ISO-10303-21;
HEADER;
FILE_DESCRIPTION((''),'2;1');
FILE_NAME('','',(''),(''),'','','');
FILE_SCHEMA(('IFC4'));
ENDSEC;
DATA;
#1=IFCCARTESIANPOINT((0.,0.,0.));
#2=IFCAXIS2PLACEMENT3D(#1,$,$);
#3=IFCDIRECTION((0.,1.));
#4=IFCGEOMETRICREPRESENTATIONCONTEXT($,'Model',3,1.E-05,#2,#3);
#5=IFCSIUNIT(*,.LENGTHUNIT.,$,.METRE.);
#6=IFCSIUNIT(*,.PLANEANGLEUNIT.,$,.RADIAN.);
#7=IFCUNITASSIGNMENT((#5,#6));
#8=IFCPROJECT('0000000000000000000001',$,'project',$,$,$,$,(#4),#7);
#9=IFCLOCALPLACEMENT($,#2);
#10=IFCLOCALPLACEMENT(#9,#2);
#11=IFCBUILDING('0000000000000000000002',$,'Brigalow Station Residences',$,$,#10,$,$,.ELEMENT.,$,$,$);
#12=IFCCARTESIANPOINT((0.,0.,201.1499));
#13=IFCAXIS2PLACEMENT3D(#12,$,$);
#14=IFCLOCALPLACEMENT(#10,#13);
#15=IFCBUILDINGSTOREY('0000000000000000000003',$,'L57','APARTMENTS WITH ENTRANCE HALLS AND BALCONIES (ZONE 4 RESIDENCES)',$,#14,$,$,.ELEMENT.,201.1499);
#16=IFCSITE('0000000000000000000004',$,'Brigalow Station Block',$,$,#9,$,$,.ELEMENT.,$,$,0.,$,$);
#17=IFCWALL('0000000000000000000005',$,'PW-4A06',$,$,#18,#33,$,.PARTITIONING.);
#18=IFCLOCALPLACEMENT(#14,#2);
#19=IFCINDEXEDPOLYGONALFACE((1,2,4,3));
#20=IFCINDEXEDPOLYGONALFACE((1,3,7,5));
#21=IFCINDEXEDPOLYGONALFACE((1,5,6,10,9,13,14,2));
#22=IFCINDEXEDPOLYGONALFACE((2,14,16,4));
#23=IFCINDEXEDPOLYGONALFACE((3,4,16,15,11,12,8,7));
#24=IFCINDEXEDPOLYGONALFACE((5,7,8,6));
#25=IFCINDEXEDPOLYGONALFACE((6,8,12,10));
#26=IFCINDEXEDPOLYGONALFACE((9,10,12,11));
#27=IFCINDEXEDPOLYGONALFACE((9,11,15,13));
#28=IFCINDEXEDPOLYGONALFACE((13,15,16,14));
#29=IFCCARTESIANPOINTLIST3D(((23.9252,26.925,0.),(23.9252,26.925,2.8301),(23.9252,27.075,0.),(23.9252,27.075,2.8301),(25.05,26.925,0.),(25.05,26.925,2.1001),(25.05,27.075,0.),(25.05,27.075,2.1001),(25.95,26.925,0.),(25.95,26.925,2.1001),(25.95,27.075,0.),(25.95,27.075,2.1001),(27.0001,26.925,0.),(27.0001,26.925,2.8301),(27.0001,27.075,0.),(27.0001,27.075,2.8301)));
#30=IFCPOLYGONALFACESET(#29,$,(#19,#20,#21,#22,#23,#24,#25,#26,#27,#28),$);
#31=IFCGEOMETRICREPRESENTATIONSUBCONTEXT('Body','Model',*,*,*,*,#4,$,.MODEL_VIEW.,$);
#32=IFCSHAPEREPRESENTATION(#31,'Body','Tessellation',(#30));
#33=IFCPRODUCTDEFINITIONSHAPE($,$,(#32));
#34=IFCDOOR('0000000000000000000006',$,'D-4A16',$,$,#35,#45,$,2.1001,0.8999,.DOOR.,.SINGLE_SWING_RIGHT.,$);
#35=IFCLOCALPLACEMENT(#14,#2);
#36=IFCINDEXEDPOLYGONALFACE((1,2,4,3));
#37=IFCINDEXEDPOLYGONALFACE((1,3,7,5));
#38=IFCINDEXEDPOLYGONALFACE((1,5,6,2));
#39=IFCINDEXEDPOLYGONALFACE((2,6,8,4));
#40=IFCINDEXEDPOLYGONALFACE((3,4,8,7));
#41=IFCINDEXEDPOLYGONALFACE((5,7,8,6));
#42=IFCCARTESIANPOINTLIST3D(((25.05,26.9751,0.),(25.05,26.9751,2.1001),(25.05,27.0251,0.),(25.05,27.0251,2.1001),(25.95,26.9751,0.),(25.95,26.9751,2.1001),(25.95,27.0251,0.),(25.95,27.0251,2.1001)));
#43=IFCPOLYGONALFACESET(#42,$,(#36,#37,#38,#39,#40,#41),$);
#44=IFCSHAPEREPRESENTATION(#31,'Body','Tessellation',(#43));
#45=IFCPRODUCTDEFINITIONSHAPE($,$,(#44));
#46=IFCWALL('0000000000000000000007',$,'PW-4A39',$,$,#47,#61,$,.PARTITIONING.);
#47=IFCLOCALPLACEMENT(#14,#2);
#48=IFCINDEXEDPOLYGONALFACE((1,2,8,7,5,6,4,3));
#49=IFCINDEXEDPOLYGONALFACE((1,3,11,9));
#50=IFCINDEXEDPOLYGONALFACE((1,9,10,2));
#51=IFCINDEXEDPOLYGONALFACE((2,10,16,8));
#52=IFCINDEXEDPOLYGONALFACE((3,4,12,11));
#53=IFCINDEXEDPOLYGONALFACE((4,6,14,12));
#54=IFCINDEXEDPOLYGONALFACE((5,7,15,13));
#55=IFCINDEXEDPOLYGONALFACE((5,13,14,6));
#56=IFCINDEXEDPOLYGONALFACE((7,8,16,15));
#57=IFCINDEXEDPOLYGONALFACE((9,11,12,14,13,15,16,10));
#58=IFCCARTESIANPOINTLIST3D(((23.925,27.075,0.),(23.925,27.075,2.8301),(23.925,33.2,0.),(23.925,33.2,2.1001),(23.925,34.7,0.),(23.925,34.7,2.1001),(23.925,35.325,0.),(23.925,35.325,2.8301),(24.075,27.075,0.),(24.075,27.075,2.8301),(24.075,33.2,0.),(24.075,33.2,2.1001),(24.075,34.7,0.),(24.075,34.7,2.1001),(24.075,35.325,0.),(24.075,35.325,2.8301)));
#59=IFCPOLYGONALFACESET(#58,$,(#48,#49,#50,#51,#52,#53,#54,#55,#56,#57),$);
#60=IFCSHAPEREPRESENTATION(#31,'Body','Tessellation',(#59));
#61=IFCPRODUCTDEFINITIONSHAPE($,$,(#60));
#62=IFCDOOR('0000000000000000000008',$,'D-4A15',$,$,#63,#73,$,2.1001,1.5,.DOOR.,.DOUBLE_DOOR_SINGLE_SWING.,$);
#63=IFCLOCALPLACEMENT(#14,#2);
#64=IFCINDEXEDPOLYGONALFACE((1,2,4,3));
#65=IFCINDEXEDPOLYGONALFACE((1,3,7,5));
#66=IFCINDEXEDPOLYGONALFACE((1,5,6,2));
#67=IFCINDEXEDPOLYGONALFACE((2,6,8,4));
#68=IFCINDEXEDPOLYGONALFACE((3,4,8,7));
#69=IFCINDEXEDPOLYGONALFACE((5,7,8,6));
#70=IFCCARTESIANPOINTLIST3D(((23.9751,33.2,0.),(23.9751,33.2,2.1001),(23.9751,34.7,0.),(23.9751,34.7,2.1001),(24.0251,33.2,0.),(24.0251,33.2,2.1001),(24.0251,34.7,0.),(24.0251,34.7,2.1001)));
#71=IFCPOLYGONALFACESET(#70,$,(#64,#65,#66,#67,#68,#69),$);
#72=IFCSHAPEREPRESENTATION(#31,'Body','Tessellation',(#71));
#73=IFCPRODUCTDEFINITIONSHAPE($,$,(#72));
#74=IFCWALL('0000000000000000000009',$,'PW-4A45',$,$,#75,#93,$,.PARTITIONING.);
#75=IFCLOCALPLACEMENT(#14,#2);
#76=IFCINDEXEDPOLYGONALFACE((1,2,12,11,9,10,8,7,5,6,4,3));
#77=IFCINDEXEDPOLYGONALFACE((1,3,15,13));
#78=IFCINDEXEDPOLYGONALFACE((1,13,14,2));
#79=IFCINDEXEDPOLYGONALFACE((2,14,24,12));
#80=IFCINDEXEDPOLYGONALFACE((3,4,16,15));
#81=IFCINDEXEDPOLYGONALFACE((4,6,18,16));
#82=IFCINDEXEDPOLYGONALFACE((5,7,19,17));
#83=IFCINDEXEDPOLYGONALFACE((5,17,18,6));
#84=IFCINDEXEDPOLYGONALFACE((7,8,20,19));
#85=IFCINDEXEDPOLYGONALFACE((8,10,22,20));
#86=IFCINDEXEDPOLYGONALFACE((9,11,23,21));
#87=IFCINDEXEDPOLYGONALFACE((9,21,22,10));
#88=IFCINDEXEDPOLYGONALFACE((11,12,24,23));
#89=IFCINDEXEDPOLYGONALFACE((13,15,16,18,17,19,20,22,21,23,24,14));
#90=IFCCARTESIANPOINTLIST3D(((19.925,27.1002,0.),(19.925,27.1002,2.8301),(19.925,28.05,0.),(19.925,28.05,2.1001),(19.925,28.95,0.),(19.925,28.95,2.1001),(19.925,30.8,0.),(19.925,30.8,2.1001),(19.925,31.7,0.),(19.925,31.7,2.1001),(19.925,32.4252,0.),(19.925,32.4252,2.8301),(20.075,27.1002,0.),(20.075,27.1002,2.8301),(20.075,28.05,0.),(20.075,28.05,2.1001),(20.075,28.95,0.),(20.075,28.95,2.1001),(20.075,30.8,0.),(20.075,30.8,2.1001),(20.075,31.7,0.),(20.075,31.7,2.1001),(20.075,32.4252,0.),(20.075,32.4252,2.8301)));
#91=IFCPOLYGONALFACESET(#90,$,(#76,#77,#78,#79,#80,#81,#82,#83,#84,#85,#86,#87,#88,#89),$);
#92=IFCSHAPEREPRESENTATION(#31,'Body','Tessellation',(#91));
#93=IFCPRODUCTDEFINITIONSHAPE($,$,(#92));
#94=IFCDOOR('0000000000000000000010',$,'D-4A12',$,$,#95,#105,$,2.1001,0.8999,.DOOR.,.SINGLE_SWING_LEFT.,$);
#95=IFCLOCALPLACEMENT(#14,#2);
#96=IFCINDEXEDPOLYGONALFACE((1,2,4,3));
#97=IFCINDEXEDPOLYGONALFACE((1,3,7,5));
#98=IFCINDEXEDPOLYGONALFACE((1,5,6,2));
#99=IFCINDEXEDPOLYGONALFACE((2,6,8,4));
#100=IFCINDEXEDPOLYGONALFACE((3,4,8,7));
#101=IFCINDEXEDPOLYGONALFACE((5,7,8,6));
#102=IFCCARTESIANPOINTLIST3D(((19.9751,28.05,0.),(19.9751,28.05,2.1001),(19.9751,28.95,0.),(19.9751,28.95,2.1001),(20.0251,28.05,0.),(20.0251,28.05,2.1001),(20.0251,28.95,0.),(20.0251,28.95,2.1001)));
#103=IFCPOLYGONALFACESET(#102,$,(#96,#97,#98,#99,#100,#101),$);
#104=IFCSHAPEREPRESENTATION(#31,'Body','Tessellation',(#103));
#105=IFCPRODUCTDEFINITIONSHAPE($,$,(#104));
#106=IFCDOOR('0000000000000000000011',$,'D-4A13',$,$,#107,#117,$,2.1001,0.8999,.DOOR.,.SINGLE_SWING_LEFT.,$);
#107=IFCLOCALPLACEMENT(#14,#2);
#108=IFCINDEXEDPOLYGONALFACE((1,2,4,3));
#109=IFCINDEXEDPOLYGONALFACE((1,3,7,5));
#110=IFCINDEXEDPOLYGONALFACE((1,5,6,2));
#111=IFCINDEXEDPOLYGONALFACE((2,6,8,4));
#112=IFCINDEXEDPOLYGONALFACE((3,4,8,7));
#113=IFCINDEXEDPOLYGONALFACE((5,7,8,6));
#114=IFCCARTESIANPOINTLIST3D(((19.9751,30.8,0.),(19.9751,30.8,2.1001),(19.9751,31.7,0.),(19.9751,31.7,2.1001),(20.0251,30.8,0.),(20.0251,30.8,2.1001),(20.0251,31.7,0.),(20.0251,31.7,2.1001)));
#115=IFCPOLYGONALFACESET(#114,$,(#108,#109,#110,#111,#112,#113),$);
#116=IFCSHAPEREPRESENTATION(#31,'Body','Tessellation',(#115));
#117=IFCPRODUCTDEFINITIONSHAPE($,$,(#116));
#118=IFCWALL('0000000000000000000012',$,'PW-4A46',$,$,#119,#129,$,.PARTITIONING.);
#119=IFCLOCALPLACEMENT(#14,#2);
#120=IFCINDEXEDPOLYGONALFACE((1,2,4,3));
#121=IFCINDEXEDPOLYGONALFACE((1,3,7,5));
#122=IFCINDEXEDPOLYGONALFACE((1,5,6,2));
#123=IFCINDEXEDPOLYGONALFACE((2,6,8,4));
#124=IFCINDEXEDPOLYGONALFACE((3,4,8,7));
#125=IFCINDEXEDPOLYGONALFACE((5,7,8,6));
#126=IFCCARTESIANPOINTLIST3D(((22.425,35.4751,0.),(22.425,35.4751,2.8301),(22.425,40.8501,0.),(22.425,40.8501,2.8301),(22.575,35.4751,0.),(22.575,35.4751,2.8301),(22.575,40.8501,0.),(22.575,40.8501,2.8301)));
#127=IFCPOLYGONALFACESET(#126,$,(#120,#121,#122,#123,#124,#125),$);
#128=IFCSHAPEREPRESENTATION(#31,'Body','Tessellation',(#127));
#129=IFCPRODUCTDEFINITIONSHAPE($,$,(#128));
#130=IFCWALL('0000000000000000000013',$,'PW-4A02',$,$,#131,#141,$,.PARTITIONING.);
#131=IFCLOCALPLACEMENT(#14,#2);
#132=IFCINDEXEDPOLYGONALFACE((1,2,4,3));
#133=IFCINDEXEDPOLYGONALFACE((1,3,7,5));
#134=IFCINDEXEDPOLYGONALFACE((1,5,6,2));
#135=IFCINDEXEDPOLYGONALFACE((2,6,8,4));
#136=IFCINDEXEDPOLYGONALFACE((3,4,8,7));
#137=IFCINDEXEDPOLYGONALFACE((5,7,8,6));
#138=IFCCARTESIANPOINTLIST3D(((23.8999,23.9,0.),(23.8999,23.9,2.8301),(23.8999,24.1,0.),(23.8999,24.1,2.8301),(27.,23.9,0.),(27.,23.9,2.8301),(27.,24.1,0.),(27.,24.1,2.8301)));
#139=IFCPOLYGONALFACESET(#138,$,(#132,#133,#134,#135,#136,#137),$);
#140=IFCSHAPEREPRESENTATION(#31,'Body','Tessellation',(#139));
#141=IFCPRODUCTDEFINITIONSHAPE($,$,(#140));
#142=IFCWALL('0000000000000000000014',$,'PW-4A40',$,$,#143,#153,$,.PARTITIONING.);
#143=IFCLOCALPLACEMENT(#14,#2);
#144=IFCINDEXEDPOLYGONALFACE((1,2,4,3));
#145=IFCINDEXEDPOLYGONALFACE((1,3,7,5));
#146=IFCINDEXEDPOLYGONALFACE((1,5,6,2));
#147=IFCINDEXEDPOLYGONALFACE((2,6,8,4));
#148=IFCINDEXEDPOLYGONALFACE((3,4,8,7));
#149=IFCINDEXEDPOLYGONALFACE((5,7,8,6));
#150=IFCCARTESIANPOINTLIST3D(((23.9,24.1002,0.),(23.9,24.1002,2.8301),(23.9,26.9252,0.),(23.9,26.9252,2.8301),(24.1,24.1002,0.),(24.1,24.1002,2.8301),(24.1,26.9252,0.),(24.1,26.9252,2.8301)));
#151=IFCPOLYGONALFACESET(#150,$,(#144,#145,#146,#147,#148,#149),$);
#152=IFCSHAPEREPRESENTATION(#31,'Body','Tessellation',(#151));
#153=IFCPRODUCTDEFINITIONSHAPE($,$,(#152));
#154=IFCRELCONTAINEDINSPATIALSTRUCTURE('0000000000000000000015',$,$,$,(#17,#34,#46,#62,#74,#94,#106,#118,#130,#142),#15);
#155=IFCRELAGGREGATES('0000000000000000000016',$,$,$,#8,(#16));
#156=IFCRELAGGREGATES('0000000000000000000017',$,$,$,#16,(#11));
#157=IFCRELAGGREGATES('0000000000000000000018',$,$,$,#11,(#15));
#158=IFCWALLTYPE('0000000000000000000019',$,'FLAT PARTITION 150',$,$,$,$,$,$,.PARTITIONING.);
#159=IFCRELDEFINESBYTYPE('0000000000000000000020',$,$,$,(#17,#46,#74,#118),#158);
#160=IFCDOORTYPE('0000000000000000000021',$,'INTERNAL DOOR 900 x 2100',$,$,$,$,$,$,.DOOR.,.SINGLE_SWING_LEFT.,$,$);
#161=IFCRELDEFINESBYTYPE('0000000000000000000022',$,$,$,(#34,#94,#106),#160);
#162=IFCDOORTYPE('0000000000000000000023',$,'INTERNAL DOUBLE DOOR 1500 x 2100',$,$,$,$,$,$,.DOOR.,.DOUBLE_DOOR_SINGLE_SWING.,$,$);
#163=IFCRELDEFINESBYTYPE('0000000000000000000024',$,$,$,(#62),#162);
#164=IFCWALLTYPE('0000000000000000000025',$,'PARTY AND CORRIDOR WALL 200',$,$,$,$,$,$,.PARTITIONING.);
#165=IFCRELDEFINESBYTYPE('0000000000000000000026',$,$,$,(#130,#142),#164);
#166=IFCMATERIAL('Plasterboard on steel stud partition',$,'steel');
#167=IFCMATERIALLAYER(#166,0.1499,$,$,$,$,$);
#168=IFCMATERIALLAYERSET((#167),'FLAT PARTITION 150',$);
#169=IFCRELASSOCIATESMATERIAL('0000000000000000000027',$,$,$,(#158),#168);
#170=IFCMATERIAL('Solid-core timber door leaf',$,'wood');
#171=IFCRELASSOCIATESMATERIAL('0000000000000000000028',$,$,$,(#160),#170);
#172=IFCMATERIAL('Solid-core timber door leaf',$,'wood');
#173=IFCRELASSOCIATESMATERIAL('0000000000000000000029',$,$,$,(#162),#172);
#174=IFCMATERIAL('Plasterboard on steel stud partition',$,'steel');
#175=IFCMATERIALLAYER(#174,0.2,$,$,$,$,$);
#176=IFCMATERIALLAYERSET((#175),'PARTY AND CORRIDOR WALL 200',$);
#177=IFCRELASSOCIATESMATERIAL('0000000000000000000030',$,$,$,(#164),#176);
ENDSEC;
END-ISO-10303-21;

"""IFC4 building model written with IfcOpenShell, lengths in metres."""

from ifc_helpers import new_model, si_unit, direction, frame, frame_2d, origin, place, context, subcontext, project, spatial, rectangle, extrude, material, layer, layer_set, type_object, element, fill, save


model = new_model("IFC4")

# Units and contexts
model_context = context("Model", 3, precision=1e-05, world=origin(), true_north=direction((0.0, 1.0)))
body_context = subcontext(model_context, "Body", "Model", "MODEL_VIEW")
ifc_project = project(units=[si_unit("LENGTHUNIT", "METRE"), si_unit("PLANEANGLEUNIT", "RADIAN")], contexts=[model_context])

# Site, building, storey
site_placement = place(None, origin())
site = spatial("IfcSite", under=ifc_project, at=site_placement, Name="Brigalow Station Block", CompositionType="ELEMENT", RefElevation=0.0)
building_placement = place(site_placement, origin())
building = spatial("IfcBuilding", under=site, at=building_placement, Name="Brigalow Station Residences", CompositionType="ELEMENT")
storey_placement = place(building_placement, frame((0.0, 0.0, 201.1499)))
storey = spatial("IfcBuildingStorey", under=building, at=storey_placement, Name="L57", Description="APARTMENTS WITH ENTRANCE HALLS AND BALCONIES (ZONE 4 RESIDENCES)", CompositionType="ELEMENT", Elevation=201.1499)

# Shared definitions
ifc_material_1 = material(Name="Plasterboard on steel stud partition", Category="steel")
ifc_layer_1 = layer(ifc_material_1, 0.1499)
ifc_layer_set_1 = layer_set([ifc_layer_1], Name="FLAT PARTITION 150")
wall_type_1 = type_object("IfcWallType", Name="FLAT PARTITION 150", PredefinedType="PARTITIONING", material=ifc_layer_set_1)
ifc_material_2 = material(Name="Solid-core timber door leaf", Category="wood")
door_type_1 = type_object("IfcDoorType", Name="INTERNAL DOOR 900 x 2100", OperationType="SINGLE_SWING_LEFT", PredefinedType="DOOR", material=ifc_material_2)

# Walls, openings, doors
wall_1_placement = place(storey_placement, frame((23.925, 27.0, 0.0), z_axis=(0.0, 0.0, 1.0), x_axis=(1.0, 0.0, 0.0)))
wall_1 = element("IfcWall", 1, at=wall_1_placement, inside=storey, type_object=wall_type_1, Name="PW-4A06", PredefinedType="PARTITIONING", context=body_context, shape_type="SweptSolid", body=[
    extrude(rectangle(XDim=3.075, YDim=0.1499, at=frame_2d((1.5376, 0.0))), origin(), (0.0, 0.0, 1.0), 2.8301),
])
opening_1_placement = place(wall_1_placement, frame((1.125, 0.0, 0.0)))
opening_1 = element("IfcOpeningElement", 2, at=opening_1_placement, cuts=wall_1, PredefinedType="OPENING", context=body_context, shape_type="SweptSolid", body=[
    extrude(rectangle(XDim=0.8999, YDim=2.1001, at=frame_2d((0.45, 1.05))), frame((0.0, 0.085, 0.0), z_axis=(0.0, -1.0, 0.0), x_axis=(1.0, 0.0, 0.0)), (0.0, 0.0, 1.0), 0.1699),
])
door_1_placement = place(opening_1_placement, frame((0.8999, 0.0, 0.0), z_axis=(0.0, 0.0, 1.0), x_axis=(-1.0, 0.0, 0.0)))
door_1 = element("IfcDoor", 3, at=door_1_placement, inside=storey, type_object=door_type_1, Name="D-4A16", OperationType="SINGLE_SWING_RIGHT", OverallHeight=2.1001, OverallWidth=0.8999, PredefinedType="DOOR", context=body_context, shape_type="SweptSolid", body=[
    extrude(rectangle(XDim=0.8999, YDim=2.1001, at=frame_2d((0.45, 1.05))), frame((0.0, 0.0249, 0.0), z_axis=(0.0, -1.0, 0.0), x_axis=(1.0, 0.0, 0.0)), (0.0, 0.0, 1.0), 0.05),
])
fill(opening_1, door_1)
wall_2_placement = place(storey_placement, frame((24.0, 27.075, 0.0), z_axis=(0.0, 0.0, 1.0), x_axis=(0.0, 1.0, 0.0)))
wall_2 = element("IfcWall", 4, at=wall_2_placement, inside=storey, type_object=wall_type_1, Name="PW-4A39", PredefinedType="PARTITIONING", context=body_context, shape_type="SweptSolid", body=[
    extrude(rectangle(XDim=8.25, YDim=0.1499, at=frame_2d((4.125, 0.0))), origin(), (0.0, 0.0, 1.0), 2.8301),
])
opening_2_placement = place(wall_2_placement, frame((6.125, 0.0, 0.0)))
opening_2 = element("IfcOpeningElement", 5, at=opening_2_placement, cuts=wall_2, PredefinedType="OPENING", context=body_context, shape_type="SweptSolid", body=[
    extrude(rectangle(XDim=1.5, YDim=2.1001, at=frame_2d((0.75, 1.05))), frame((0.0, 0.085, 0.0), z_axis=(0.0, -1.0, 0.0), x_axis=(1.0, 0.0, 0.0)), (0.0, 0.0, 1.0), 0.1699),
])
ifc_material_3 = material(Name="Solid-core timber door leaf", Category="wood")
door_type_2 = type_object("IfcDoorType", Name="INTERNAL DOUBLE DOOR 1500 x 2100", OperationType="DOUBLE_DOOR_SINGLE_SWING", PredefinedType="DOOR", material=ifc_material_3)
door_2_placement = place(opening_2_placement, origin())
door_2 = element("IfcDoor", 6, at=door_2_placement, inside=storey, type_object=door_type_2, Name="D-4A15", OperationType="DOUBLE_DOOR_SINGLE_SWING", OverallHeight=2.1001, OverallWidth=1.5, PredefinedType="DOOR", context=body_context, shape_type="SweptSolid", body=[
    extrude(rectangle(XDim=1.5, YDim=2.1001, at=frame_2d((0.75, 1.05))), frame((0.0, 0.0249, 0.0), z_axis=(0.0, -1.0, 0.0), x_axis=(1.0, 0.0, 0.0)), (0.0, 0.0, 1.0), 0.05),
])
fill(opening_2, door_2)

# Wall, openings, doors
wall_3_placement = place(storey_placement, frame((20.0, 27.1001, 0.0), z_axis=(0.0, 0.0, 1.0), x_axis=(0.0, 1.0, 0.0)))
wall_3 = element("IfcWall", 7, at=wall_3_placement, inside=storey, type_object=wall_type_1, Name="PW-4A45", PredefinedType="PARTITIONING", context=body_context, shape_type="SweptSolid", body=[
    extrude(rectangle(XDim=5.325, YDim=0.1499, at=frame_2d((2.6626, 0.0))), origin(), (0.0, 0.0, 1.0), 2.8301),
])
opening_3_placement = place(wall_3_placement, frame((0.95, 0.0, 0.0)))
opening_3 = element("IfcOpeningElement", 8, at=opening_3_placement, cuts=wall_3, PredefinedType="OPENING", context=body_context, shape_type="SweptSolid", body=[
    extrude(rectangle(XDim=0.8999, YDim=2.1001, at=frame_2d((0.45, 1.05))), frame((0.0, 0.085, 0.0), z_axis=(0.0, -1.0, 0.0), x_axis=(1.0, 0.0, 0.0)), (0.0, 0.0, 1.0), 0.1699),
])
opening_4_placement = place(wall_3_placement, frame((3.7, 0.0, 0.0)))
opening_4 = element("IfcOpeningElement", 9, at=opening_4_placement, cuts=wall_3, PredefinedType="OPENING", context=body_context, shape_type="SweptSolid", body=[
    extrude(rectangle(XDim=0.8999, YDim=2.1001, at=frame_2d((0.45, 1.05))), frame((0.0, 0.085, 0.0), z_axis=(0.0, -1.0, 0.0), x_axis=(1.0, 0.0, 0.0)), (0.0, 0.0, 1.0), 0.1699),
])
door_3_placement = place(opening_3_placement, origin())
door_3 = element("IfcDoor", 10, at=door_3_placement, inside=storey, type_object=door_type_1, Name="D-4A12", OperationType="SINGLE_SWING_LEFT", OverallHeight=2.1001, OverallWidth=0.8999, PredefinedType="DOOR", context=body_context, shape_type="SweptSolid", body=[
    extrude(rectangle(XDim=0.8999, YDim=2.1001, at=frame_2d((0.45, 1.05))), frame((0.0, 0.0249, 0.0), z_axis=(0.0, -1.0, 0.0), x_axis=(1.0, 0.0, 0.0)), (0.0, 0.0, 1.0), 0.05),
])
fill(opening_3, door_3)
door_4_placement = place(opening_4_placement, origin())
door_4 = element("IfcDoor", 11, at=door_4_placement, inside=storey, type_object=door_type_1, Name="D-4A13", OperationType="SINGLE_SWING_LEFT", OverallHeight=2.1001, OverallWidth=0.8999, PredefinedType="DOOR", context=body_context, shape_type="SweptSolid", body=[
    extrude(rectangle(XDim=0.8999, YDim=2.1001, at=frame_2d((0.45, 1.05))), frame((0.0, 0.0249, 0.0), z_axis=(0.0, -1.0, 0.0), x_axis=(1.0, 0.0, 0.0)), (0.0, 0.0, 1.0), 0.05),
])
fill(opening_4, door_4)

# Walls
wall_4_placement = place(storey_placement, frame((22.5, 35.4751, 0.0), z_axis=(0.0, 0.0, 1.0), x_axis=(0.0, 1.0, 0.0)))
element("IfcWall", 12, at=wall_4_placement, inside=storey, type_object=wall_type_1, Name="PW-4A46", PredefinedType="PARTITIONING", context=body_context, shape_type="SweptSolid", body=[
    extrude(rectangle(XDim=5.375, YDim=0.1499, at=frame_2d((2.6875, 0.0))), origin(), (0.0, 0.0, 1.0), 2.8301),
])
ifc_material_4 = material(Name="Plasterboard on steel stud partition", Category="steel")
ifc_layer_2 = layer(ifc_material_4, 0.2)
ifc_layer_set_2 = layer_set([ifc_layer_2], Name="PARTY AND CORRIDOR WALL 200")
wall_type_2 = type_object("IfcWallType", Name="PARTY AND CORRIDOR WALL 200", PredefinedType="PARTITIONING", material=ifc_layer_set_2)
wall_5_placement = place(storey_placement, frame((23.8999, 24.0, 0.0), z_axis=(0.0, 0.0, 1.0), x_axis=(1.0, 0.0, 0.0)))
element("IfcWall", 13, at=wall_5_placement, inside=storey, type_object=wall_type_2, Name="PW-4A02", PredefinedType="PARTITIONING", context=body_context, shape_type="SweptSolid", body=[
    extrude(rectangle(XDim=3.1001, YDim=0.2, at=frame_2d((1.55, 0.0))), origin(), (0.0, 0.0, 1.0), 2.8301),
])
wall_6_placement = place(storey_placement, frame((24.0, 24.1001, 0.0), z_axis=(0.0, 0.0, 1.0), x_axis=(0.0, 1.0, 0.0)))
element("IfcWall", 14, at=wall_6_placement, inside=storey, type_object=wall_type_2, Name="PW-4A40", PredefinedType="PARTITIONING", context=body_context, shape_type="SweptSolid", body=[
    extrude(rectangle(XDim=2.825, YDim=0.2, at=frame_2d((1.4126, 0.0))), origin(), (0.0, 0.0, 1.0), 2.8301),
])

save(model, "model.ifc")
